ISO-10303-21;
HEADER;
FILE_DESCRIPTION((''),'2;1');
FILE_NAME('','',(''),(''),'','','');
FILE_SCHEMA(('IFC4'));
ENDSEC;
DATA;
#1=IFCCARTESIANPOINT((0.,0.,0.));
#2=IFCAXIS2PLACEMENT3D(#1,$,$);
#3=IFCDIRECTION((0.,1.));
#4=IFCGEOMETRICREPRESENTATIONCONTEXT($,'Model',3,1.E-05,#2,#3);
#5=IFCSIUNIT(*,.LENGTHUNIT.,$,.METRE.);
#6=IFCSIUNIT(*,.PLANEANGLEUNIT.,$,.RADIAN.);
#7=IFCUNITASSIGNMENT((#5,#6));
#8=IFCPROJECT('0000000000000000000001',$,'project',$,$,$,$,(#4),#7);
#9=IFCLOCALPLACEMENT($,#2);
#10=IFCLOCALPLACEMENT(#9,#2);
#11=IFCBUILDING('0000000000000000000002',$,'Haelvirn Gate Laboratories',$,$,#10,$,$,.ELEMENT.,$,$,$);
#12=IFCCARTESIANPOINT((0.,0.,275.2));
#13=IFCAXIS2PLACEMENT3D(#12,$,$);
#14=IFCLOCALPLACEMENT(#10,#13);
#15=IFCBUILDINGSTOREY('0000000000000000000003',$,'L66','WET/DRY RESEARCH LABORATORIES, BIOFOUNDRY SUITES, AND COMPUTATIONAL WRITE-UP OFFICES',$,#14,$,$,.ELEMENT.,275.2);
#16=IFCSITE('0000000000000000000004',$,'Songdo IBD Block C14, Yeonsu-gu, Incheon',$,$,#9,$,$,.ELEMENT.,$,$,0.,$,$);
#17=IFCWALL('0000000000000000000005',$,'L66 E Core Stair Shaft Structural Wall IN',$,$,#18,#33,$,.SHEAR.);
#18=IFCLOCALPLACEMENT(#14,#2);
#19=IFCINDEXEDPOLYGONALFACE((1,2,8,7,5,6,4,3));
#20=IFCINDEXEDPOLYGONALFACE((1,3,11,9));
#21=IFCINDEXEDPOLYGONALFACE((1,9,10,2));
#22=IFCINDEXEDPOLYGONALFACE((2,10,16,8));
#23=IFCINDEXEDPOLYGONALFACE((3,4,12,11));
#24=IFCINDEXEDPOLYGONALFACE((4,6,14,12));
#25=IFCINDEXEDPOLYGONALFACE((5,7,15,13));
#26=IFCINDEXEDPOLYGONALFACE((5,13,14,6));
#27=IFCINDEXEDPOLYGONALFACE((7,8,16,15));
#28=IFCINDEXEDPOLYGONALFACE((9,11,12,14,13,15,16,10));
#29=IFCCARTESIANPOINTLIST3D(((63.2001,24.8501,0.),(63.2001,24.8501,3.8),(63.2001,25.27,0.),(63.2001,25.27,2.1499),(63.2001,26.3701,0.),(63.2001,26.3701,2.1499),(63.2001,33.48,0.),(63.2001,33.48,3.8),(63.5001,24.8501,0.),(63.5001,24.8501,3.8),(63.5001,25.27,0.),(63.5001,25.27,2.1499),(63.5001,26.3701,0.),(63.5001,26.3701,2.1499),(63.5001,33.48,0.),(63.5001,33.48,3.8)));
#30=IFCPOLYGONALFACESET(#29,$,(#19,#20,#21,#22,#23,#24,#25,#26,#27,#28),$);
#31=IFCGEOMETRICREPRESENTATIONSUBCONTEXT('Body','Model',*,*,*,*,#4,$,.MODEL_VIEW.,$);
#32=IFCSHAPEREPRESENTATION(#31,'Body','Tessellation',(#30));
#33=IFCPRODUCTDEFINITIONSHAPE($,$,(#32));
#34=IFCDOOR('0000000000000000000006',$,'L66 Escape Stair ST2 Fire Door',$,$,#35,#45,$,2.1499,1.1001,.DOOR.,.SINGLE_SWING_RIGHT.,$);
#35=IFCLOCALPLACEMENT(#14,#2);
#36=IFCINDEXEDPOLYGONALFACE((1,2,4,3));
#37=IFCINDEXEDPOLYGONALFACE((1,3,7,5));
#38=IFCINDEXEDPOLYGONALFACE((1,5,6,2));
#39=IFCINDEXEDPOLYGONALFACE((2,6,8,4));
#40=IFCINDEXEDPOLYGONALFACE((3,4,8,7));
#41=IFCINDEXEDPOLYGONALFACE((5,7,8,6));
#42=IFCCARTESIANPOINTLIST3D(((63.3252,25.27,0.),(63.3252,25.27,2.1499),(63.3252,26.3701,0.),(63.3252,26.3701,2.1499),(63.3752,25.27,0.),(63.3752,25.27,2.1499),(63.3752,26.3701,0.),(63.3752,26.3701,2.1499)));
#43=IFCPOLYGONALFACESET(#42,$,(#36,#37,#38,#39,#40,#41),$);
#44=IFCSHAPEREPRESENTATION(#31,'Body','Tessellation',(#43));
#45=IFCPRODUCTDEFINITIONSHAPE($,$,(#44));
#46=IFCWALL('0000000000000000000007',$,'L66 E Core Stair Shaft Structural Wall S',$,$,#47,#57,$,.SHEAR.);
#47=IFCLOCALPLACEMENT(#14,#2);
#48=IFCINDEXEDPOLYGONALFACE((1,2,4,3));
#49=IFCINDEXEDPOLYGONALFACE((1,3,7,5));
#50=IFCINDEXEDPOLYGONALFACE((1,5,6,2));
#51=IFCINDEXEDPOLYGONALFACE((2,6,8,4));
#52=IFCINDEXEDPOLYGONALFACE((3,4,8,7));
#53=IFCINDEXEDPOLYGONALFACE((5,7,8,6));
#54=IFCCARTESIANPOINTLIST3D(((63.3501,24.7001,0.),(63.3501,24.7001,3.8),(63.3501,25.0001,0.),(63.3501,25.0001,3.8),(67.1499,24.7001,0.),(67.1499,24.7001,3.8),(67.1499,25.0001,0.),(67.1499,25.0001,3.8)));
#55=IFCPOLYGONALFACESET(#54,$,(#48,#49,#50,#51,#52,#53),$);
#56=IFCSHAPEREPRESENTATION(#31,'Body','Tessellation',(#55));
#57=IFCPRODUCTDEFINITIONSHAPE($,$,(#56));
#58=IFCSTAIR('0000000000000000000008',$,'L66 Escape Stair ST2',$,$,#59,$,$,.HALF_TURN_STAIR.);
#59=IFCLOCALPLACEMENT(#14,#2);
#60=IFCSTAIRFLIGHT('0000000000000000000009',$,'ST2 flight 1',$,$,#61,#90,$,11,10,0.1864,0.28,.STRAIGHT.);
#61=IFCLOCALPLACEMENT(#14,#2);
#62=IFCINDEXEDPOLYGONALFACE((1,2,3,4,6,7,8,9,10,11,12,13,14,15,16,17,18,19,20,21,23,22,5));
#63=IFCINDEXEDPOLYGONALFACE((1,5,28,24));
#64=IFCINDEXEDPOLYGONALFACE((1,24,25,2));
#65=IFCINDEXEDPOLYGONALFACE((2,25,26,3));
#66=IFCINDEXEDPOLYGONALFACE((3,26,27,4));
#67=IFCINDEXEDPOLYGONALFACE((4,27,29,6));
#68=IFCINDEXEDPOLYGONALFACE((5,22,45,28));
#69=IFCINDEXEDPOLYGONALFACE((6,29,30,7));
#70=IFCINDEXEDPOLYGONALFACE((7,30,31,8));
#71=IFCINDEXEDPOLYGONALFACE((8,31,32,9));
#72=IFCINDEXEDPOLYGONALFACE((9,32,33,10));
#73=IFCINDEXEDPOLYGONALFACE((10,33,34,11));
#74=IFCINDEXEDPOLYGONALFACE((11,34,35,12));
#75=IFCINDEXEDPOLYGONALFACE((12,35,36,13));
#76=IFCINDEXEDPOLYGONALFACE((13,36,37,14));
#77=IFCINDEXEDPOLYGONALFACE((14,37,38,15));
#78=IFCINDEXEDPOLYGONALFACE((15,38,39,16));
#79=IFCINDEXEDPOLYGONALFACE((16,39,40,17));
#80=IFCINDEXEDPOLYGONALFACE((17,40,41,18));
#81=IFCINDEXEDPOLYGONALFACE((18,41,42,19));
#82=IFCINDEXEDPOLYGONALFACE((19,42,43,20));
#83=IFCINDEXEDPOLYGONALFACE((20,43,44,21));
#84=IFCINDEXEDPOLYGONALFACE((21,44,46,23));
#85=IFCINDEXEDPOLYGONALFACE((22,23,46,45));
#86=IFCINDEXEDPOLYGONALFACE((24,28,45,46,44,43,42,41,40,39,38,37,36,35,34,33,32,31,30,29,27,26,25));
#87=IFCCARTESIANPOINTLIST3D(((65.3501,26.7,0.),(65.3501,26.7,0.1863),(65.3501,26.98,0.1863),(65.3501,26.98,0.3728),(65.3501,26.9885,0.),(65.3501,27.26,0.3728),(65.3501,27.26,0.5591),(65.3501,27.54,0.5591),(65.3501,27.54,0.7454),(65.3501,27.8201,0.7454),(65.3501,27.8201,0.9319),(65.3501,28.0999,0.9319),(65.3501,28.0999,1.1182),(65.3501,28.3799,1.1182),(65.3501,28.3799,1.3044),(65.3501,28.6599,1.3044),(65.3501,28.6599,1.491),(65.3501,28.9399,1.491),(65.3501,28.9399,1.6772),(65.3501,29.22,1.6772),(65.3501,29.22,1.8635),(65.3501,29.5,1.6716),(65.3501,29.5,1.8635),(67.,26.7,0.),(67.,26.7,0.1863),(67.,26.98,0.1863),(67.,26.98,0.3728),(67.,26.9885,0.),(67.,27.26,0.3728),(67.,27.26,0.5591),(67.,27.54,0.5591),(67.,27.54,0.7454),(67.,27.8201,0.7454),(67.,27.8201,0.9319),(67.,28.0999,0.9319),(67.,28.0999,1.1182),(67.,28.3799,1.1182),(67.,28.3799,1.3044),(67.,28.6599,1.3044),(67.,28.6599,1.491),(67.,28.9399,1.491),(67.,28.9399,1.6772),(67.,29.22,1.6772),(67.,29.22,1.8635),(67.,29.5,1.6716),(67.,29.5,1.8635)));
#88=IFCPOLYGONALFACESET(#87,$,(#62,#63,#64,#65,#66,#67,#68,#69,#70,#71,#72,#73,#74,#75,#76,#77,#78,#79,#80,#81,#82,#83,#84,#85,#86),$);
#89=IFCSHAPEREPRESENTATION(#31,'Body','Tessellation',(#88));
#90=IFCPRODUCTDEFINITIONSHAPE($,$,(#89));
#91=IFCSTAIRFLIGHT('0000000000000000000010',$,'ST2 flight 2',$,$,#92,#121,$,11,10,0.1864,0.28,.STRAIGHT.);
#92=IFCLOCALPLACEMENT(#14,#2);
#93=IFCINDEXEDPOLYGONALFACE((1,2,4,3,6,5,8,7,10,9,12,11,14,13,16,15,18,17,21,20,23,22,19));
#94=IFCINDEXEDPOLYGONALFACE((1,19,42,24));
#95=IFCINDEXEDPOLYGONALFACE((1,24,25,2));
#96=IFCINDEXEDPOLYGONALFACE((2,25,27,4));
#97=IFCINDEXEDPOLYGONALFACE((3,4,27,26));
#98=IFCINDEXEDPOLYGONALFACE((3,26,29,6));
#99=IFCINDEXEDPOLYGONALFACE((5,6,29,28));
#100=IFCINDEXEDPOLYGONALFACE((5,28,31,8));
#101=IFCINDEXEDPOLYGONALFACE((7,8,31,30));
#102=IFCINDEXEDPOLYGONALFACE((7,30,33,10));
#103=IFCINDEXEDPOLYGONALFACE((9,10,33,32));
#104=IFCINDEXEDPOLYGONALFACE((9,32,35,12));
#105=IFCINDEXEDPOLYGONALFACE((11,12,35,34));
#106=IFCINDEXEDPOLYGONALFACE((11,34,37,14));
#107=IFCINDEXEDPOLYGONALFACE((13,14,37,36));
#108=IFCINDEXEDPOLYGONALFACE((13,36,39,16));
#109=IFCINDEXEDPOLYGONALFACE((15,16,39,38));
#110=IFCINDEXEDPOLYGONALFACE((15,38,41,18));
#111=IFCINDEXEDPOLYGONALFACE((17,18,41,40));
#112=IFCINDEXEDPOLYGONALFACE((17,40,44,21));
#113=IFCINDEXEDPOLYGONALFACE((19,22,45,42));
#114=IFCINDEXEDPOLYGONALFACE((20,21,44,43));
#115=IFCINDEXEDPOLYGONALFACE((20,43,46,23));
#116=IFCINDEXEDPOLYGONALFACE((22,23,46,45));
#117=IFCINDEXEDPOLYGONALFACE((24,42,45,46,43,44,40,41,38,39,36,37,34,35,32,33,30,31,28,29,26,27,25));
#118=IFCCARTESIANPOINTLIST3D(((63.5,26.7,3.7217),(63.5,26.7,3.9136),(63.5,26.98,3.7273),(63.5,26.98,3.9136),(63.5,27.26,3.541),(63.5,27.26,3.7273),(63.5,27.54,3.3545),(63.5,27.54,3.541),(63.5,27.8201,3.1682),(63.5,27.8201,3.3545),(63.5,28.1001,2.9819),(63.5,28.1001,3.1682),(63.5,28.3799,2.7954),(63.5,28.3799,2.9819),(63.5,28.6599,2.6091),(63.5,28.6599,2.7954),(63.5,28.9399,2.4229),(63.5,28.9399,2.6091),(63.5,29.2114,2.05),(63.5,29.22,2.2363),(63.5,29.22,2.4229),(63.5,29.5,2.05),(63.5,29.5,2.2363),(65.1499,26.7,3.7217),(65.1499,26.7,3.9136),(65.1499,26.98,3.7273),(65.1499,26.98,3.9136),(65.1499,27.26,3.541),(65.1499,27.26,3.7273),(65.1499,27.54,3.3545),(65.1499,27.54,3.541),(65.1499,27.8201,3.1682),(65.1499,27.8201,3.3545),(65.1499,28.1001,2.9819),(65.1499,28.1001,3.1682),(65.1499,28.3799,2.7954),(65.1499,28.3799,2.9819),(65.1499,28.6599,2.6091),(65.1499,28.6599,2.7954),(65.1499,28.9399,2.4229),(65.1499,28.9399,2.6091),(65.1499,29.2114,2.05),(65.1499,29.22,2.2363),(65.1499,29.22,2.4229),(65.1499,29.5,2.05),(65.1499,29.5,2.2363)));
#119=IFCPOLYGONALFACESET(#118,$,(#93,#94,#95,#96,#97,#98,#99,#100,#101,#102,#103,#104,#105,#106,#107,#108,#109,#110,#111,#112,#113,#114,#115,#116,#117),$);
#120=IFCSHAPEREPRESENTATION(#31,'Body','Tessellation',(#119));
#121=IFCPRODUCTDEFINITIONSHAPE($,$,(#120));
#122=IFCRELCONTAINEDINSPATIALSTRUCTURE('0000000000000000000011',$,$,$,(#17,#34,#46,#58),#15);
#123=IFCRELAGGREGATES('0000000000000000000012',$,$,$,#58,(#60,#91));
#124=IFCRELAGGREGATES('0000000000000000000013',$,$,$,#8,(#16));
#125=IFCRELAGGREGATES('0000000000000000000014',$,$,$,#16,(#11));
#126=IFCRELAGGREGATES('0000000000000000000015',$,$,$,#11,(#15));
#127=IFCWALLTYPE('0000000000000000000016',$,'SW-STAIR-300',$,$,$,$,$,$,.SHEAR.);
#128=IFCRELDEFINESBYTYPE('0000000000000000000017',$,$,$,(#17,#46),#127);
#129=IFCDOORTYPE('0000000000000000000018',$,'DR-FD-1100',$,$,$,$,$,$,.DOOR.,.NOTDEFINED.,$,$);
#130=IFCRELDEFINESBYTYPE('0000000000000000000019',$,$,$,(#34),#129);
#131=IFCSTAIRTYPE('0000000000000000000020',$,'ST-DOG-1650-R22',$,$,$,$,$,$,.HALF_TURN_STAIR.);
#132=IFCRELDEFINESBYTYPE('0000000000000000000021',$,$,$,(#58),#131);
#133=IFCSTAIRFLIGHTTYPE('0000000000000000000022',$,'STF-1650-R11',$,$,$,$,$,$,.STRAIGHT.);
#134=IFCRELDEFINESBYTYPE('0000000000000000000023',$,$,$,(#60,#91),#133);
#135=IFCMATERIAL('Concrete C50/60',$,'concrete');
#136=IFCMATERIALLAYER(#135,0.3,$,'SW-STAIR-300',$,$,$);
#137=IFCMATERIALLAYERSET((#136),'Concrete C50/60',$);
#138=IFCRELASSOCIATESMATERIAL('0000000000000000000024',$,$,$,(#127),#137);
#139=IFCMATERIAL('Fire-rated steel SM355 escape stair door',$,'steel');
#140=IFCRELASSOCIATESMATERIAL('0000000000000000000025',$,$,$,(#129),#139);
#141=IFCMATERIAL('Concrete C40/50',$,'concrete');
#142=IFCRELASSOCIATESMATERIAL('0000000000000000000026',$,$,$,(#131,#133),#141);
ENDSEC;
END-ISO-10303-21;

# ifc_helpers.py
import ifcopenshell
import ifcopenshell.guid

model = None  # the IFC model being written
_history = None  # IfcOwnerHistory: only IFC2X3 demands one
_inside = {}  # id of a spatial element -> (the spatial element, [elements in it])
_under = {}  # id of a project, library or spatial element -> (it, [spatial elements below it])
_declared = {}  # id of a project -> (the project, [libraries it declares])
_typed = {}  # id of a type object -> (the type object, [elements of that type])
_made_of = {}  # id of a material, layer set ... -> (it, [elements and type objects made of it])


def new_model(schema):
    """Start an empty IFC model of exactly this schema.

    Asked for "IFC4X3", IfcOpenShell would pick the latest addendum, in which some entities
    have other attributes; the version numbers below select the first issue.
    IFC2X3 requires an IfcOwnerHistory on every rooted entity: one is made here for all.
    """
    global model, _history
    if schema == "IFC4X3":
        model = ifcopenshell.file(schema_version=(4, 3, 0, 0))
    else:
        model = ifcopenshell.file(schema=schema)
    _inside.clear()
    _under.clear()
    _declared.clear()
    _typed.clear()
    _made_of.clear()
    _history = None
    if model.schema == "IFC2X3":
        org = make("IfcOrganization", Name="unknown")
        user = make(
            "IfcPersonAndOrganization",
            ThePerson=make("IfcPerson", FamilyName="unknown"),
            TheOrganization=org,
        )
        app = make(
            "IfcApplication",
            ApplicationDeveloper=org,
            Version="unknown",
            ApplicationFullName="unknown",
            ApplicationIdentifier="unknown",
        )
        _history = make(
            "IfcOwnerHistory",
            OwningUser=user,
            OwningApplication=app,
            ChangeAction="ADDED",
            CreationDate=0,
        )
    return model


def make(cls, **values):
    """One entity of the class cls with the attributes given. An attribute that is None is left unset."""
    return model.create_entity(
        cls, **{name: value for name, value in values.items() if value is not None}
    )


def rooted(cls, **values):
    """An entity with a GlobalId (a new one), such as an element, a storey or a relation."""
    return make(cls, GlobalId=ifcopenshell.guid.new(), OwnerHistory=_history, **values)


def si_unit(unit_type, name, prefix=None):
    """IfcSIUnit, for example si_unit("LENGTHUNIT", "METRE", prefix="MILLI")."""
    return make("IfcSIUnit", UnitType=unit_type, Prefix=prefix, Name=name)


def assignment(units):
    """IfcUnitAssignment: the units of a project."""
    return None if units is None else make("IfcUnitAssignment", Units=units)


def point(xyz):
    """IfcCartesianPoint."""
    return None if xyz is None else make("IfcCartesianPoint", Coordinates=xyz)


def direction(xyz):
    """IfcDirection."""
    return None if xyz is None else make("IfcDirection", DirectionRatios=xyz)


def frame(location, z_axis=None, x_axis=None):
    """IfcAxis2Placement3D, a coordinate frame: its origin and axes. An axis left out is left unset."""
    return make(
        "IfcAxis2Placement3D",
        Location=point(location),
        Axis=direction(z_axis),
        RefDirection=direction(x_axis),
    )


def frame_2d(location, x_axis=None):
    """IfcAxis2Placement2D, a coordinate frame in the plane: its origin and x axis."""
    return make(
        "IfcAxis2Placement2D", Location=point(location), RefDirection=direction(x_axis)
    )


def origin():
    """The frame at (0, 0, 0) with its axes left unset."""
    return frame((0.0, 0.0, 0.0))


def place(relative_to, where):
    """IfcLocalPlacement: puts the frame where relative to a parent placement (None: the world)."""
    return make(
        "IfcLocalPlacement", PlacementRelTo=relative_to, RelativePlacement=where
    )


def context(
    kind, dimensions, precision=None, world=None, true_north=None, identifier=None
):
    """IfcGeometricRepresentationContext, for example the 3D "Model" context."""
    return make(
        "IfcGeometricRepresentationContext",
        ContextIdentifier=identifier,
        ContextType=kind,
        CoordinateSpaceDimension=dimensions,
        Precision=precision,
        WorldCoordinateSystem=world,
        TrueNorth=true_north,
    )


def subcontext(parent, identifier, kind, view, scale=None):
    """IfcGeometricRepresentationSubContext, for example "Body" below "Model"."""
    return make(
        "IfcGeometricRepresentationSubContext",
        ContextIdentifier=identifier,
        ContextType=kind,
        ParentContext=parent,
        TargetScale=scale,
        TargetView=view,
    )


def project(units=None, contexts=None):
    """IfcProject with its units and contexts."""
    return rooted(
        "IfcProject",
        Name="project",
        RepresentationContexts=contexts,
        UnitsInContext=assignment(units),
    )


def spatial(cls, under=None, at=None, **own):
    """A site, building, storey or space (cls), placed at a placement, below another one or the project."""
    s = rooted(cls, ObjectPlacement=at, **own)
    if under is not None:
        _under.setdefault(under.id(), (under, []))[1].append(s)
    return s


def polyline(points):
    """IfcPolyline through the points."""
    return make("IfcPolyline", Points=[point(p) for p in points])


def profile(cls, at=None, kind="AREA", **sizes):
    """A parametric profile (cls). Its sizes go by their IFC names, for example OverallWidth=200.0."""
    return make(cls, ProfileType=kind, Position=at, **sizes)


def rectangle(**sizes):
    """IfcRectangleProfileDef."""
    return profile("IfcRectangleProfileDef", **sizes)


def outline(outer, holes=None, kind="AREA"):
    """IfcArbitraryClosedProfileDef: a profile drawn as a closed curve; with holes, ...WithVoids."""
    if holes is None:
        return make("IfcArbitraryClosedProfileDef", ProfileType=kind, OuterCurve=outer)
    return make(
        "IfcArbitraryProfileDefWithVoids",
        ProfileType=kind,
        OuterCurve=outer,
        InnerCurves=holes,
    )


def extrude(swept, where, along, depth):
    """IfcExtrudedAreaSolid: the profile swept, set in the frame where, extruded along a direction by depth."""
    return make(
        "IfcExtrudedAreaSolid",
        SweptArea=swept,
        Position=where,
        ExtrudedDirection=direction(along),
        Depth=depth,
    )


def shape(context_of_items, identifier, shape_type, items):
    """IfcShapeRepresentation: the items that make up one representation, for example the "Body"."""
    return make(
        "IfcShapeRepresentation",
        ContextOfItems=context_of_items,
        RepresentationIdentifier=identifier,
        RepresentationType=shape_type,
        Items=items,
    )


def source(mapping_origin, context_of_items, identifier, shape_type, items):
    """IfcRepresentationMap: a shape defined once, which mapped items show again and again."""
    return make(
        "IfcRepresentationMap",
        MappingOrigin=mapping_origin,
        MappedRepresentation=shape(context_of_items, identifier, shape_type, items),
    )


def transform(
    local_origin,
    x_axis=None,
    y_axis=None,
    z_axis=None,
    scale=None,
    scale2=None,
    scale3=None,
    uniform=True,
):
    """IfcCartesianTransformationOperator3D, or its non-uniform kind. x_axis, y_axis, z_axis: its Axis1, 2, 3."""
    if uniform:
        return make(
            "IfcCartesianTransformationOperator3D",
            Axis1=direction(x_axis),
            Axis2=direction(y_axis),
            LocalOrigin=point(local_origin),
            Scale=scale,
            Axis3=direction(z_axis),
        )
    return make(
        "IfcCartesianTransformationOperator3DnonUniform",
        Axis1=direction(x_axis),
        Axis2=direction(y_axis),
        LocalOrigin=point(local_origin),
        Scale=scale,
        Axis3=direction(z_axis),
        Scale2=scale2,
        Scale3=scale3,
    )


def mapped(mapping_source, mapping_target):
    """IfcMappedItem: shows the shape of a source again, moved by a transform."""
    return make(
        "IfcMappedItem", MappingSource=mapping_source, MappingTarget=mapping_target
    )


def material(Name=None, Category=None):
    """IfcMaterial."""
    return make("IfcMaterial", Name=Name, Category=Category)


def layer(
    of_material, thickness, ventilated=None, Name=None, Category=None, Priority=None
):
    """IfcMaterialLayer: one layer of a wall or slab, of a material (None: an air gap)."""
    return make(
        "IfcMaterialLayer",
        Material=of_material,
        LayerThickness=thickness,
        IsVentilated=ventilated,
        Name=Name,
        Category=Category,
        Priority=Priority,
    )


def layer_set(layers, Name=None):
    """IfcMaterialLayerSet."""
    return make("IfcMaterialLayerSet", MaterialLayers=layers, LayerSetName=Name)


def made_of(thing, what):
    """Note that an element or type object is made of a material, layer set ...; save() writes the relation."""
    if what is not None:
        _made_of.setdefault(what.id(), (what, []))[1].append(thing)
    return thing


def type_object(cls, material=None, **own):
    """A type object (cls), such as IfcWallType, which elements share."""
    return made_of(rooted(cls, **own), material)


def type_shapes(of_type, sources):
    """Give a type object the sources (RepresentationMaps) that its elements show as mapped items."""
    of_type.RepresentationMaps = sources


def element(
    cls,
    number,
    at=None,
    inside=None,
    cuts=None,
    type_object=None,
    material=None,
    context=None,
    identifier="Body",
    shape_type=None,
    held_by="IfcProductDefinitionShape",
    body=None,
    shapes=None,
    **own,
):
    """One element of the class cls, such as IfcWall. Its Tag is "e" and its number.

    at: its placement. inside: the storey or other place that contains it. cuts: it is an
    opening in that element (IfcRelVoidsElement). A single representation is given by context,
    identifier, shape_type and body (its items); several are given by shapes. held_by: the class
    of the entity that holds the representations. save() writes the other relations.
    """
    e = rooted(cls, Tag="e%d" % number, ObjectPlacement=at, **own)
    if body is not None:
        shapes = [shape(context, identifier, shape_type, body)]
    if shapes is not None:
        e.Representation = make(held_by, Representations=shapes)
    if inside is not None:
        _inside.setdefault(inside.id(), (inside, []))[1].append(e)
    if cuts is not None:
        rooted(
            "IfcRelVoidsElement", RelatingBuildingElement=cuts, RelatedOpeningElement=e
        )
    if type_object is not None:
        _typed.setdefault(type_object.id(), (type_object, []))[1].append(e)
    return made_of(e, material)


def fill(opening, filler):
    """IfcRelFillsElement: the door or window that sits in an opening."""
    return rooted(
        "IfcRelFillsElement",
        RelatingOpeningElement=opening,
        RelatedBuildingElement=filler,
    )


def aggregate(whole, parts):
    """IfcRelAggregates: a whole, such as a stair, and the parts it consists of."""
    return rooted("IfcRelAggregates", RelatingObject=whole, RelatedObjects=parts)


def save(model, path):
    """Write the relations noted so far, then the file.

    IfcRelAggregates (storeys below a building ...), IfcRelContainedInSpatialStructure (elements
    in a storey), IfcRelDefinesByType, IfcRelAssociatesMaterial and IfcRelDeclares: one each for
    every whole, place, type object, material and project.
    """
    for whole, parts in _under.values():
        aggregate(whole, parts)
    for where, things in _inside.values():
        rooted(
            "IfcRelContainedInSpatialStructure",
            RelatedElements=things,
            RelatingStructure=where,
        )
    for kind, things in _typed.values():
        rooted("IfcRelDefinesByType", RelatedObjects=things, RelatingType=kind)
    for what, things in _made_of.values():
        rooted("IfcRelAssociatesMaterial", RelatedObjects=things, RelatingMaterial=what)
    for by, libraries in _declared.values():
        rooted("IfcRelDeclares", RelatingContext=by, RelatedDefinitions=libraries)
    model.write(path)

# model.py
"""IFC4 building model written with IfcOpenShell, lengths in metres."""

from ifc_helpers import new_model, si_unit, direction, frame, frame_2d, origin, place, context, subcontext, project, spatial, polyline, rectangle, outline, extrude, source, transform, mapped, material, layer, layer_set, type_object, type_shapes, element, fill, aggregate, save


model = new_model("IFC4")

# Units and contexts
model_context = context("Model", 3, precision=1e-05, world=origin(), true_north=direction((0.0, 1.0)))
body_context = subcontext(model_context, "Body", "Model", "MODEL_VIEW")
ifc_project = project(units=[si_unit("LENGTHUNIT", "METRE"), si_unit("PLANEANGLEUNIT", "RADIAN")], contexts=[model_context])

# Site, building, storey
site_placement = place(None, origin())
site = spatial("IfcSite", under=ifc_project, at=site_placement, Name="Songdo IBD Block C14, Yeonsu-gu, Incheon", CompositionType="ELEMENT", RefElevation=0.0)
building_placement = place(site_placement, origin())
building = spatial("IfcBuilding", under=site, at=building_placement, Name="Haelvirn Gate Laboratories", CompositionType="ELEMENT")
storey_placement = place(building_placement, frame((0.0, 0.0, 275.2)))
storey = spatial("IfcBuildingStorey", under=building, at=storey_placement, Name="L66", Description="WET/DRY RESEARCH LABORATORIES, BIOFOUNDRY SUITES, AND COMPUTATIONAL WRITE-UP OFFICES", CompositionType="ELEMENT", Elevation=275.2)

# Shared definitions
ifc_material_1 = material(Name="Concrete C40/50", Category="concrete")

# Shared definitions
ifc_material_2 = material(Name="Concrete C50/60", Category="concrete")

# Wall, opening, door
ifc_layer_1 = layer(ifc_material_2, 0.3, Name="SW-STAIR-300")
ifc_layer_set_1 = layer_set([ifc_layer_1], Name="Concrete C50/60")
wall_type_1 = type_object("IfcWallType", Name="SW-STAIR-300", PredefinedType="SHEAR", material=ifc_layer_set_1)
wall_1_placement = place(storey_placement, frame((63.3501, 24.8501, 0.0), z_axis=(0.0, 0.0, 1.0), x_axis=(0.0, 1.0, 0.0)))
wall_1 = element("IfcWall", 1, at=wall_1_placement, inside=storey, type_object=wall_type_1, Name="L66 E Core Stair Shaft Structural Wall IN", PredefinedType="SHEAR", context=body_context, shape_type="SweptSolid", body=[
    extrude(rectangle(XDim=8.6299, YDim=0.3, at=frame_2d((4.3149, 0.0))), origin(), (0.0, 0.0, 1.0), 3.8),
])
opening_1_placement = place(wall_1_placement, frame((0.4199, 0.0, 0.0)))
opening_1 = element("IfcOpeningElement", 2, at=opening_1_placement, cuts=wall_1, PredefinedType="OPENING", context=body_context, shape_type="SweptSolid", body=[
    extrude(rectangle(XDim=1.1001, YDim=2.1499, at=frame_2d((0.55, 1.075))), frame((0.0, 0.1602, 0.0), z_axis=(0.0, -1.0, 0.0), x_axis=(1.0, 0.0, 0.0)), (0.0, 0.0, 1.0), 0.3201),
])
ifc_material_3 = material(Name="Fire-rated steel SM355 escape stair door", Category="steel")
door_type_1 = type_object("IfcDoorType", Name="DR-FD-1100", OperationType="NOTDEFINED", PredefinedType="DOOR", material=ifc_material_3)
shared_shape_1 = source(origin(), body_context, "Body", "SweptSolid", [
    extrude(rectangle(XDim=1.1001, YDim=2.1499, at=frame_2d((0.55, 1.075))), frame((0.0, 0.0249, 0.0), z_axis=(0.0, -1.0, 0.0), x_axis=(1.0, 0.0, 0.0)), (0.0, 0.0, 1.0), 0.05),
])
type_shapes(door_type_1, [shared_shape_1])
door_1_placement = place(opening_1_placement, origin())
door_1 = element("IfcDoor", 3, at=door_1_placement, inside=storey, type_object=door_type_1, Name="L66 Escape Stair ST2 Fire Door", OperationType="SINGLE_SWING_RIGHT", OverallHeight=2.1499, OverallWidth=1.1001, PredefinedType="DOOR", context=body_context, shape_type="MappedRepresentation", body=[
    mapped(shared_shape_1, transform((0.0, 0.0, 0.0), scale=1.0)),
])
fill(opening_1, door_1)

# Wall
wall_2_placement = place(storey_placement, frame((63.3501, 24.8501, 0.0), z_axis=(0.0, 0.0, 1.0), x_axis=(1.0, 0.0, 0.0)))
element("IfcWall", 4, at=wall_2_placement, inside=storey, type_object=wall_type_1, Name="L66 E Core Stair Shaft Structural Wall S", PredefinedType="SHEAR", context=body_context, shape_type="SweptSolid", body=[
    extrude(rectangle(XDim=3.7998, YDim=0.3, at=frame_2d((1.8999, 0.0))), origin(), (0.0, 0.0, 1.0), 3.8),
])

# Stair, stair flights
stair_type = type_object("IfcStairType", Name="ST-DOG-1650-R22", PredefinedType="HALF_TURN_STAIR", material=ifc_material_1)
stair_placement = place(storey_placement, origin())
stair = element("IfcStair", 5, at=stair_placement, inside=storey, type_object=stair_type, Name="L66 Escape Stair ST2", PredefinedType="HALF_TURN_STAIR")
stair_flight_type = type_object("IfcStairFlightType", Name="STF-1650-R11", PredefinedType="STRAIGHT", material=ifc_material_1)
shared_shape_2 = source(origin(), body_context, "Body", "SweptSolid", [
    extrude(outline(polyline([(0.0, 0.0), (0.0, 0.1863), (0.28, 0.1863), (0.28, 0.3728), (0.5601, 0.3728), (0.5601, 0.5591), (0.8401, 0.5591), (0.8401, 0.7454), (1.1201, 0.7454), (1.1201, 0.9319), (1.3999, 0.9319), (1.3999, 1.1182), (1.6799, 1.1182), (1.6799, 1.3044), (1.96, 1.3044), (1.96, 1.491), (2.24, 1.491), (2.24, 1.6772), (2.52, 1.6772), (2.52, 1.8635), (2.8, 1.8635), (2.8, 2.05), (2.8, 1.6716), (0.2886, 0.0), (0.0, 0.0)])), frame((0.0, 0.825, 0.0), z_axis=(0.0, -1.0, 0.0), x_axis=(1.0, 0.0, 0.0)), (0.0, 0.0, 1.0), 1.6499),
])
type_shapes(stair_flight_type, [shared_shape_2])
stair_flight_1_placement = place(storey_placement, frame((66.175, 26.7, 0.0), z_axis=(0.0, 0.0, 1.0), x_axis=(0.0, 1.0, 0.0)))
stair_flight_1 = element("IfcStairFlight", 6, at=stair_flight_1_placement, type_object=stair_flight_type, Name="ST2 flight 1", NumberOfRisers=11, NumberOfTreads=10, PredefinedType="STRAIGHT", RiserHeight=0.1864, TreadLength=0.28, context=body_context, shape_type="MappedRepresentation", body=[
    mapped(shared_shape_2, transform((0.0, 0.0, 0.0), scale=1.0)),
])
stair_flight_2_placement = place(storey_placement, frame((64.325, 29.5, 2.05), z_axis=(0.0, 0.0, 1.0), x_axis=(0.0, -1.0, 0.0)))
stair_flight_2 = element("IfcStairFlight", 7, at=stair_flight_2_placement, type_object=stair_flight_type, Name="ST2 flight 2", NumberOfRisers=11, NumberOfTreads=10, PredefinedType="STRAIGHT", RiserHeight=0.1864, TreadLength=0.28, context=body_context, shape_type="MappedRepresentation", body=[
    mapped(shared_shape_2, transform((0.0, 0.0, 0.0), scale=1.0)),
])
aggregate(stair, [stair_flight_1, stair_flight_2])

save(model, "model.ifc")
